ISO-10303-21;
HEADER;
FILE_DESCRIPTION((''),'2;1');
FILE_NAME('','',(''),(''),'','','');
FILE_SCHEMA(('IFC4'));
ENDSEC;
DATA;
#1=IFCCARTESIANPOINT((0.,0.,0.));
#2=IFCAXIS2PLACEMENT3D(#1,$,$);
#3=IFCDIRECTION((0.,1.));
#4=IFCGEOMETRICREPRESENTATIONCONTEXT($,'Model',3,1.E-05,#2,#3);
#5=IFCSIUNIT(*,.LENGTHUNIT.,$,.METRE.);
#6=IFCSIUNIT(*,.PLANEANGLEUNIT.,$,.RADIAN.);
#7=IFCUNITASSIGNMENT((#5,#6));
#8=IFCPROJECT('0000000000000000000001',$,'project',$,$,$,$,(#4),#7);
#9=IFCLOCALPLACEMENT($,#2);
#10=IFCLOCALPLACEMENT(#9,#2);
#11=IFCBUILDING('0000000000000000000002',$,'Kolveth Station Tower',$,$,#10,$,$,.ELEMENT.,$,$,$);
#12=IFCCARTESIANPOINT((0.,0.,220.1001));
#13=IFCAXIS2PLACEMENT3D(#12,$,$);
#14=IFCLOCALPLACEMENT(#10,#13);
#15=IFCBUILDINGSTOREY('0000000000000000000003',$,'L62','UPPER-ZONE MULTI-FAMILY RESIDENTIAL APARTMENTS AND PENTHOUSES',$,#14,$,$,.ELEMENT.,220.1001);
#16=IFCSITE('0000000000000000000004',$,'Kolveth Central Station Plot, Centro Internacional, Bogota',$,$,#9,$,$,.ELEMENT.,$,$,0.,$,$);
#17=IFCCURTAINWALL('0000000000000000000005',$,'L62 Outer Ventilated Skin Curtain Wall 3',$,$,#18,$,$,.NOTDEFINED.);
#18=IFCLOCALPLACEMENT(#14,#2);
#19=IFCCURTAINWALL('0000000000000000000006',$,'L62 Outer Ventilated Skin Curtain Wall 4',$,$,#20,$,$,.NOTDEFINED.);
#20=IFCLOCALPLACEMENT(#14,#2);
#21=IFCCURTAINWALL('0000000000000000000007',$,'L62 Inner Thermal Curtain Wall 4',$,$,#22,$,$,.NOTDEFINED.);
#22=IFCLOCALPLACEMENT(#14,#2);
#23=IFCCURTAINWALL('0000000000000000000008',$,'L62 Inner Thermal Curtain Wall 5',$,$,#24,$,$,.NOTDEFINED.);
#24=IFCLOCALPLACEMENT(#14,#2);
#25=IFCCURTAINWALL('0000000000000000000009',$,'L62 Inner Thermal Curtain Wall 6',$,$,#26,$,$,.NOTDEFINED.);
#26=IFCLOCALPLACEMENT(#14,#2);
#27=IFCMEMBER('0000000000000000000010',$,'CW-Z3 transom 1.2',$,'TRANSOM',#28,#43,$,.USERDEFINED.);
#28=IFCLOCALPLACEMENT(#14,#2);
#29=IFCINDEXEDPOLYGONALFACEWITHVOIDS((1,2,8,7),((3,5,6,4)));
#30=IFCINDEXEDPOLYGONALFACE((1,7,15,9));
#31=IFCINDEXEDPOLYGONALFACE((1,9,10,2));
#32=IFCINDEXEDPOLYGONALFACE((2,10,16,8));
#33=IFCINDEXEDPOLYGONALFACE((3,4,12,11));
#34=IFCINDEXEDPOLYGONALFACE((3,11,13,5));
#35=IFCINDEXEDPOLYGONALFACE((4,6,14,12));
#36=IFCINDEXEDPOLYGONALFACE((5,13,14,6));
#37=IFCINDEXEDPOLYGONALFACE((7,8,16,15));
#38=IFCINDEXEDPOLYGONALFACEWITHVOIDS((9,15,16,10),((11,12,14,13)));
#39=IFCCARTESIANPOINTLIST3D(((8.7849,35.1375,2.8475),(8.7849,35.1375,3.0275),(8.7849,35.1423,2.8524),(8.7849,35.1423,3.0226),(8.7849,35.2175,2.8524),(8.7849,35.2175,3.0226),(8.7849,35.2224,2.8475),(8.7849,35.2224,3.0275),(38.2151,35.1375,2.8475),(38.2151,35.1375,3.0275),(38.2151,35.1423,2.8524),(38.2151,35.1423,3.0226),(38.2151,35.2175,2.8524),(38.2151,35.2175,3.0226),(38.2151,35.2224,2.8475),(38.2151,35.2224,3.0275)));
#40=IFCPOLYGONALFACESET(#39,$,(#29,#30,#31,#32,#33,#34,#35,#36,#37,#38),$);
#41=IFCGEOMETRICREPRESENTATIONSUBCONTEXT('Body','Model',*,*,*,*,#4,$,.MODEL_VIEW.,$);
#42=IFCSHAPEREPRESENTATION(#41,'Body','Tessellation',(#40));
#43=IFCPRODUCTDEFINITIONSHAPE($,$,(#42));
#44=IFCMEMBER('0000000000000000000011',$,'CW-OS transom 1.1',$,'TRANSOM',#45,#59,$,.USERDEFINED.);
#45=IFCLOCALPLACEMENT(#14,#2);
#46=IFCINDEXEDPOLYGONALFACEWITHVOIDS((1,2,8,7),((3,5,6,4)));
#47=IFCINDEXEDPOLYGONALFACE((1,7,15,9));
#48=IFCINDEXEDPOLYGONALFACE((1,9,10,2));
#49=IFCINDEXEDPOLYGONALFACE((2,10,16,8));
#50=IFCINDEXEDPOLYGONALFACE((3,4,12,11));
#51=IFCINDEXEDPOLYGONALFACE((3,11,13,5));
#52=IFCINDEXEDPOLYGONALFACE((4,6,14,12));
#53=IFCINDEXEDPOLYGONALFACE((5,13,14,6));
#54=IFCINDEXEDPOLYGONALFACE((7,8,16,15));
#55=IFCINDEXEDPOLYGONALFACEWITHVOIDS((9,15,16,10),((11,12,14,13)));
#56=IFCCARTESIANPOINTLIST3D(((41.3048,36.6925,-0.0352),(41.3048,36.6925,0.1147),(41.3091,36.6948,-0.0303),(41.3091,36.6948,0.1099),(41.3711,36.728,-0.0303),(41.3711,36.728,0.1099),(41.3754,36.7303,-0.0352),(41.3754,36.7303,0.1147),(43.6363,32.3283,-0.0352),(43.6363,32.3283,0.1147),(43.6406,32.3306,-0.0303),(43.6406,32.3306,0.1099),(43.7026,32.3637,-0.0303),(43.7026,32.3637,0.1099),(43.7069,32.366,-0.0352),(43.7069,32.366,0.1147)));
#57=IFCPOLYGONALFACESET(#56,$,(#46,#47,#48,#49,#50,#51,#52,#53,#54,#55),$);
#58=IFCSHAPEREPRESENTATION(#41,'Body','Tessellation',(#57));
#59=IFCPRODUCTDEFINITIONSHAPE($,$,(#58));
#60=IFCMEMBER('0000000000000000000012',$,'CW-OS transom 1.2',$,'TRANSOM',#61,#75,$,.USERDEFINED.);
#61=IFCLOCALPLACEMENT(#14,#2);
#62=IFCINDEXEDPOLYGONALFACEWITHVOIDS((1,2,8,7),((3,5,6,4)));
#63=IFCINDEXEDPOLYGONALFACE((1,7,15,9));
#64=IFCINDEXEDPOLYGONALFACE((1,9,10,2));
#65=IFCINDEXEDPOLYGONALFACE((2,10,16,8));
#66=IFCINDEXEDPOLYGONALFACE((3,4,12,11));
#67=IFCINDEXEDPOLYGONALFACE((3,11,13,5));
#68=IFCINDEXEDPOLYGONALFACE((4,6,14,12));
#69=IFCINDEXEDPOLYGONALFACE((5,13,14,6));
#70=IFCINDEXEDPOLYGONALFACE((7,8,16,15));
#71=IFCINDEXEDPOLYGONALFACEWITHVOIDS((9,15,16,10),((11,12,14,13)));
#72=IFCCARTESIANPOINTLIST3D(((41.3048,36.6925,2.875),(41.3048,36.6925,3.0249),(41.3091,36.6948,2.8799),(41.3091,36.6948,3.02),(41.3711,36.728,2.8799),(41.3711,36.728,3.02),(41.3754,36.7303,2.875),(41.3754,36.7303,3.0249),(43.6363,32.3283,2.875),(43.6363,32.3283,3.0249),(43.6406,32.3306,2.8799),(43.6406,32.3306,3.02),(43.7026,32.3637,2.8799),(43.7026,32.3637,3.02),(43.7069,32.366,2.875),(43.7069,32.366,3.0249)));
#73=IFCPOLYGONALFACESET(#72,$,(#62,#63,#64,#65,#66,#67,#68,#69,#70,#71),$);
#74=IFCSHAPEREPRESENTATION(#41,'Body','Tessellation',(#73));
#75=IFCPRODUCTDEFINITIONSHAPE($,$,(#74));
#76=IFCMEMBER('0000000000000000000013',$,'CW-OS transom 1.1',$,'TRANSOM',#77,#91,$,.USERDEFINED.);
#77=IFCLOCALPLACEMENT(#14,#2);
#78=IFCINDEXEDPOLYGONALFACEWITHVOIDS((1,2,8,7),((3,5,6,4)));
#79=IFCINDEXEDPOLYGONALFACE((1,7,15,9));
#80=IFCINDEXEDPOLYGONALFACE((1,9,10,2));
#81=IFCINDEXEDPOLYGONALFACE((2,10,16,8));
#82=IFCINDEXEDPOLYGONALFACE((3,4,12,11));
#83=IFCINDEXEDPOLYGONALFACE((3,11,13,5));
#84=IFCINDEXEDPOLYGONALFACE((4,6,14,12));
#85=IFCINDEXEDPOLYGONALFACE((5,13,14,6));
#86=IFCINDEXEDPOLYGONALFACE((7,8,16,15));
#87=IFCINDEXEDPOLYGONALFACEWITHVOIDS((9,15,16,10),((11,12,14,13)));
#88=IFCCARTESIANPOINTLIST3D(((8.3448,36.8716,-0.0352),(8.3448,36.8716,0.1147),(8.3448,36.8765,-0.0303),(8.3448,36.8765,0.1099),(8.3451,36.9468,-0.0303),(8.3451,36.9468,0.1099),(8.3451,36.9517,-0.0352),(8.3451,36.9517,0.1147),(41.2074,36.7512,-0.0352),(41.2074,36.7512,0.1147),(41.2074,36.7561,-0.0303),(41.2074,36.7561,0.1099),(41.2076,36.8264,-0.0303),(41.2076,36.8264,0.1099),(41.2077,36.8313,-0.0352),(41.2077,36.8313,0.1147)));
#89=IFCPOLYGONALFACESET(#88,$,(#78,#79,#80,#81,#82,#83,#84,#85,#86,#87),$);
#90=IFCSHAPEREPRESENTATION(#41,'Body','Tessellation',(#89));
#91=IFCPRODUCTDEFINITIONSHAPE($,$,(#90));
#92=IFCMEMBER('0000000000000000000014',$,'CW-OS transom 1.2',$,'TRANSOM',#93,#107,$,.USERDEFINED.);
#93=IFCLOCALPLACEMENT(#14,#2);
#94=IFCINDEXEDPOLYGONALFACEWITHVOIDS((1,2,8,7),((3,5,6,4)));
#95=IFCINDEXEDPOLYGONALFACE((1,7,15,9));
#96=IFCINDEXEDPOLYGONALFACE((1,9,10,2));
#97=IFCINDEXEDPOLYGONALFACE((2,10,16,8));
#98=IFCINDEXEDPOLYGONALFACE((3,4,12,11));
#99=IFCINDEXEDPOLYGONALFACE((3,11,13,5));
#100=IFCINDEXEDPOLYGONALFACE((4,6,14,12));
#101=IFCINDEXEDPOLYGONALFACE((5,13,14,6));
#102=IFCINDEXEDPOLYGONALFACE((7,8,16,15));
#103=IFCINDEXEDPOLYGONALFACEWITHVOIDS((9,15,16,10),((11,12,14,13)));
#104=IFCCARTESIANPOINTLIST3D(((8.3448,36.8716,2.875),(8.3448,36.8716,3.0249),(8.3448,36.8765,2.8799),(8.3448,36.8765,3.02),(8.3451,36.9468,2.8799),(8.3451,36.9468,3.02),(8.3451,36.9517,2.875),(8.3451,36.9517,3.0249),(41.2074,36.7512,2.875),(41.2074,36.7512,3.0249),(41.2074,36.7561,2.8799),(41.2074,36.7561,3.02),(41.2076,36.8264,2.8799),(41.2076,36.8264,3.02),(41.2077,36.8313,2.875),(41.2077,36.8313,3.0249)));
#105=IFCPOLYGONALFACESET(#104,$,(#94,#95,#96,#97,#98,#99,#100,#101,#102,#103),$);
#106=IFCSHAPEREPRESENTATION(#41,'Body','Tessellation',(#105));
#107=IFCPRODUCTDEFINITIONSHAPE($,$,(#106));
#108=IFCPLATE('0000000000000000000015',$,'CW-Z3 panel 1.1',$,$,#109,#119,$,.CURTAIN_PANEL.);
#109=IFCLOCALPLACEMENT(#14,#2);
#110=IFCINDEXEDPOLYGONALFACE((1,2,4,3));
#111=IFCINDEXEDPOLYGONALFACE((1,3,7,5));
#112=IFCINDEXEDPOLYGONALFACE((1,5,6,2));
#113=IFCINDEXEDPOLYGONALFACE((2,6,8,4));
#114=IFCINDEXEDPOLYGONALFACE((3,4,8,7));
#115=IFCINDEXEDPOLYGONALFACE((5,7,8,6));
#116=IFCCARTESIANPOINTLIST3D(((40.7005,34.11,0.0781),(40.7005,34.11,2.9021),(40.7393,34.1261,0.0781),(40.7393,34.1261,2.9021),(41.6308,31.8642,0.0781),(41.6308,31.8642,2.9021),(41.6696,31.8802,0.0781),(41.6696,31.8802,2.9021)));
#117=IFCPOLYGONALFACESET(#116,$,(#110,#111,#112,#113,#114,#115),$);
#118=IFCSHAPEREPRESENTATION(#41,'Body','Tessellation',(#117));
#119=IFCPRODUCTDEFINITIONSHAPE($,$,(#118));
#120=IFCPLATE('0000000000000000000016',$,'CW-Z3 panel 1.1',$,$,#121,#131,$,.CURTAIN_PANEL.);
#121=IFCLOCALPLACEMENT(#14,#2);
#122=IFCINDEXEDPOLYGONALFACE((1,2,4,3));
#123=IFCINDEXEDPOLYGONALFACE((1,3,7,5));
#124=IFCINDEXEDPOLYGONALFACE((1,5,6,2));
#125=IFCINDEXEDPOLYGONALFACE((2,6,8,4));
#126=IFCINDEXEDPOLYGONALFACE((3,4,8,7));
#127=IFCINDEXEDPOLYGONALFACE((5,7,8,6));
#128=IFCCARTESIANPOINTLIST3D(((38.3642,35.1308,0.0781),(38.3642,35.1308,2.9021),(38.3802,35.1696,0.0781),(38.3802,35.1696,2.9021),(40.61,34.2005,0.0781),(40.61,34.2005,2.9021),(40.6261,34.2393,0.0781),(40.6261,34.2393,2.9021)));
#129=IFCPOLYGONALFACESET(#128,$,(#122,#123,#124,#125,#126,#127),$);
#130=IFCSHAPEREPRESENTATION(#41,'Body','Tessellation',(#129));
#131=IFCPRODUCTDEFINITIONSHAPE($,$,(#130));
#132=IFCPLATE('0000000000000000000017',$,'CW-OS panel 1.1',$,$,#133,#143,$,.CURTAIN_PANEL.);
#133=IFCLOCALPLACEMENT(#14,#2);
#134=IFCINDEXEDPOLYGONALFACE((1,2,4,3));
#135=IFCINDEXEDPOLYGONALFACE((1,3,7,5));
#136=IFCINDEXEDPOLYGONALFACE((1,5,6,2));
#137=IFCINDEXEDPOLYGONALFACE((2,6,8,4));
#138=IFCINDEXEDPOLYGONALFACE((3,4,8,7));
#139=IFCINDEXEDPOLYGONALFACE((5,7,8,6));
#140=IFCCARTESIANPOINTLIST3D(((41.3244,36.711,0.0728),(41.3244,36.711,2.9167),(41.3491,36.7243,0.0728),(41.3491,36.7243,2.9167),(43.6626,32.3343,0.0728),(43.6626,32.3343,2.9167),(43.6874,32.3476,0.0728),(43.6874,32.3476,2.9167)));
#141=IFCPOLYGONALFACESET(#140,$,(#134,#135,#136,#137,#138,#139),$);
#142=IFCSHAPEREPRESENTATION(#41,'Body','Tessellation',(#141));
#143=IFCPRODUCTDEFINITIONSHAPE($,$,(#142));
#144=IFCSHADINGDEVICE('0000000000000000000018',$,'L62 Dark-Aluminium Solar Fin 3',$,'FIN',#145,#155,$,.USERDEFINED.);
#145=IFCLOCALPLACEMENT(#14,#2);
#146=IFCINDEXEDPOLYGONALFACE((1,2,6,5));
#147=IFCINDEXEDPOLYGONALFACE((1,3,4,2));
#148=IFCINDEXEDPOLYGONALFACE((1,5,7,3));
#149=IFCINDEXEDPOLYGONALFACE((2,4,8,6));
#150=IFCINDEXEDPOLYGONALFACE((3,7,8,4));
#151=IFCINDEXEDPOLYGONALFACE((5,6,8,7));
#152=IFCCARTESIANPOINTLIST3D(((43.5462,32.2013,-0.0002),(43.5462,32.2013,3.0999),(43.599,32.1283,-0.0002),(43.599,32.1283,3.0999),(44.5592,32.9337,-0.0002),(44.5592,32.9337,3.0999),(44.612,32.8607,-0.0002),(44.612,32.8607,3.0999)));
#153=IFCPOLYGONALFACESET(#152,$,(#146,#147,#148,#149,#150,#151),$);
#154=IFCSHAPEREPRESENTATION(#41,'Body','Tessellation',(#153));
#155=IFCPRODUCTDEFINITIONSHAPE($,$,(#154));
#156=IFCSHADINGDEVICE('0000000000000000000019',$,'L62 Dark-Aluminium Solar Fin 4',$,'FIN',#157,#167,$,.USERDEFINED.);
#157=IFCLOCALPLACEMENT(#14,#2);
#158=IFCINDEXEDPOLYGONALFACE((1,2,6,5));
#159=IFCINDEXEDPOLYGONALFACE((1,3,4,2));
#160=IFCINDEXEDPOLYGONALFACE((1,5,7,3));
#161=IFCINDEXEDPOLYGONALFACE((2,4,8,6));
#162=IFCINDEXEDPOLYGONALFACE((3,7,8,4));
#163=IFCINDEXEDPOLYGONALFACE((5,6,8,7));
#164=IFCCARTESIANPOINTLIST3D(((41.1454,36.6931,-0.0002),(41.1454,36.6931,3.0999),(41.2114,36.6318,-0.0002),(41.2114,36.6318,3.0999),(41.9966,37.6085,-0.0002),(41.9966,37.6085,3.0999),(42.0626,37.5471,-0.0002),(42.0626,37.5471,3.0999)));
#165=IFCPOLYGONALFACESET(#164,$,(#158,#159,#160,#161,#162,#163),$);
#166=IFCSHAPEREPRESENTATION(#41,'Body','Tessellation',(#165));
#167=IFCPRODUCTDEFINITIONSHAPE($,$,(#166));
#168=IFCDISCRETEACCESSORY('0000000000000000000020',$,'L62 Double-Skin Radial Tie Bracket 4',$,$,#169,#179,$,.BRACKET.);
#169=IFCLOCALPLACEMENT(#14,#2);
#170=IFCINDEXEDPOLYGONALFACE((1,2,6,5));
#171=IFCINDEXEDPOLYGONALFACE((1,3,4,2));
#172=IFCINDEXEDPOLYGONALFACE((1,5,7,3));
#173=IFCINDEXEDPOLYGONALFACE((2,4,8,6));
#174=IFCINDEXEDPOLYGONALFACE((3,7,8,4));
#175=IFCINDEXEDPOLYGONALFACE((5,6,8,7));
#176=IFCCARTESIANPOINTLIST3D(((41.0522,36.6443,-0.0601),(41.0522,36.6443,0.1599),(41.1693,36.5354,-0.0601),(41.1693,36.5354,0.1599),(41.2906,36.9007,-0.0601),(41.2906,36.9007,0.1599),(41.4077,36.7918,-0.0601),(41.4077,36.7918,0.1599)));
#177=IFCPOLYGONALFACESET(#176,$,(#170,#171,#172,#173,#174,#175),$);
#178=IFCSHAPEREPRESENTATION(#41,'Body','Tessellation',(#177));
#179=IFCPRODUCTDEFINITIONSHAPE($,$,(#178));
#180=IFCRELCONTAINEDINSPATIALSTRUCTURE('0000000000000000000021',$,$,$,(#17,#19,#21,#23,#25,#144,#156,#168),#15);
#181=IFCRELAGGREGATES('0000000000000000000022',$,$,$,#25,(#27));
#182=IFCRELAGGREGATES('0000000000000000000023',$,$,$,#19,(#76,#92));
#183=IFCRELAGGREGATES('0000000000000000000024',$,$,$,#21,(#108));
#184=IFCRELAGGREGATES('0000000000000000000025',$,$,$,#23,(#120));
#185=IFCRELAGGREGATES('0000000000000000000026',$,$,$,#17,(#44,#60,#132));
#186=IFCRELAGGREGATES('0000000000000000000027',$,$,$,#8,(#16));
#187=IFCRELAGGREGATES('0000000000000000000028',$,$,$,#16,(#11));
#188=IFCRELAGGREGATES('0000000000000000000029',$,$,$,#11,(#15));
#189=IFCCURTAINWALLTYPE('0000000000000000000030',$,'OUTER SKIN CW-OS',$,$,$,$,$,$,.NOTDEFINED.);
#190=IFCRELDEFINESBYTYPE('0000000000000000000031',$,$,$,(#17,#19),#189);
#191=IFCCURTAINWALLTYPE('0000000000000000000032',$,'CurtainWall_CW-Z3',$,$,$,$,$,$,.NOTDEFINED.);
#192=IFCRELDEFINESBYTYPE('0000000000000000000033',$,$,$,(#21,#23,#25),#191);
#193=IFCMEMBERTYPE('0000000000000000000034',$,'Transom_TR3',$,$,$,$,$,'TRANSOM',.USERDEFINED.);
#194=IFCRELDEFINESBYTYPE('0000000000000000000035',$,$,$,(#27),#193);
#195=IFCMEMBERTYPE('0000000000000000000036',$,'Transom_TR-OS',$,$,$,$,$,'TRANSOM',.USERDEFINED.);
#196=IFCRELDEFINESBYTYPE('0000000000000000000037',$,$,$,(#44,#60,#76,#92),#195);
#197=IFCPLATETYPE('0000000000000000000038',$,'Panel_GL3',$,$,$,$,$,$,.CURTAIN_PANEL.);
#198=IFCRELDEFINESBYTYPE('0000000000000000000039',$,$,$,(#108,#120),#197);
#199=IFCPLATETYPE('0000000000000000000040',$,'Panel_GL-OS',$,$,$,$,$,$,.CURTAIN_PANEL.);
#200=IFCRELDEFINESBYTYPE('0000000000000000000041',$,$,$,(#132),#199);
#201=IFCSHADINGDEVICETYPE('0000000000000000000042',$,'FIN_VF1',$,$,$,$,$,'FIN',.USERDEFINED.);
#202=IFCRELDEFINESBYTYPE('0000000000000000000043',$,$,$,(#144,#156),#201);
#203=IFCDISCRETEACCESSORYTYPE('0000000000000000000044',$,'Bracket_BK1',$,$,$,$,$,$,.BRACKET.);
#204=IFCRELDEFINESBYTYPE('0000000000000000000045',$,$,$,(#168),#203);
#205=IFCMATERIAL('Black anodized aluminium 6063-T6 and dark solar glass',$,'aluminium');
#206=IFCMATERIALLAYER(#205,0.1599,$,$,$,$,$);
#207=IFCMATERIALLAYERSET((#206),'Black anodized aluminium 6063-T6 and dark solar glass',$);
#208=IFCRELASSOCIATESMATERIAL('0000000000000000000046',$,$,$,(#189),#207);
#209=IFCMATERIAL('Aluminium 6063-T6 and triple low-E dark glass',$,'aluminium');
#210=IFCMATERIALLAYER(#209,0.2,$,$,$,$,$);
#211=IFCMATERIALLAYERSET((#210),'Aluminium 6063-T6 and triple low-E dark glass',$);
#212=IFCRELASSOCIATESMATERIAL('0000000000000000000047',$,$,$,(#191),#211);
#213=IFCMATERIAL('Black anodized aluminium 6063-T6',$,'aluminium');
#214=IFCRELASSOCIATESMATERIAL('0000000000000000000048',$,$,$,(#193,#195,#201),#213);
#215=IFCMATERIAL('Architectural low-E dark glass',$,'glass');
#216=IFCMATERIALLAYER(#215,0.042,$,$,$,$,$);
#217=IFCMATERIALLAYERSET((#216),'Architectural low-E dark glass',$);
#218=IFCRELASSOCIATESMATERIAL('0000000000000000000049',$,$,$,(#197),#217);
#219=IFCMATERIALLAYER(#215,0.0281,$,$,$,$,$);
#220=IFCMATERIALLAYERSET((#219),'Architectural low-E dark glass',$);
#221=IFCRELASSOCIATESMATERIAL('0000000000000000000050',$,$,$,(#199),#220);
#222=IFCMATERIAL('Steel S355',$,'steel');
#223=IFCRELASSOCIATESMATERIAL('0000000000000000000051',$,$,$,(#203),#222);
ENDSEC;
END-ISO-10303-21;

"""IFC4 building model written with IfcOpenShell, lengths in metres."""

from ifc_helpers import new_model, si_unit, direction, frame, origin, origin_2d, place, context, subcontext, project, spatial, rectangle, hollow_rectangle, extrude, source, transform, mapped, material, layer, layer_set, material_profile, profile_set, type_object, element, aggregate, save


model = new_model("IFC4")

# Units and contexts
model_context = context("Model", 3, precision=1e-05, world=origin(), true_north=direction((0.0, 1.0)))
body_context = subcontext(model_context, "Body", "Model", "MODEL_VIEW")
ifc_project = project(units=[si_unit("LENGTHUNIT", "METRE"), si_unit("PLANEANGLEUNIT", "RADIAN")], contexts=[model_context])

# Site, building, storey
site_placement = place(None, origin())
site = spatial("IfcSite", under=ifc_project, at=site_placement, Name="Kolveth Central Station Plot, Centro Internacional, Bogota", CompositionType="ELEMENT", RefElevation=0.0)
building_placement = place(site_placement, origin())
building = spatial("IfcBuilding", under=site, at=building_placement, Name="Kolveth Station Tower", CompositionType="ELEMENT")
storey_placement = place(building_placement, frame((0.0, 0.0, 220.1001)))
storey = spatial("IfcBuildingStorey", under=building, at=storey_placement, Name="L62", Description="UPPER-ZONE MULTI-FAMILY RESIDENTIAL APARTMENTS AND PENTHOUSES", CompositionType="ELEMENT", Elevation=220.1001)

# Shared definitions
ifc_material_1 = material(Name="Steel S355", Category="steel")

# Curtain walls
ifc_material_2 = material(Name="Black anodized aluminium 6063-T6 and dark solar glass", Category="aluminium")
ifc_layer_1 = layer(ifc_material_2, 0.1599)
ifc_layer_set_1 = layer_set([ifc_layer_1], Name="Black anodized aluminium 6063-T6 and dark solar glass")
curtain_wall_type_1 = type_object("IfcCurtainWallType", Name="OUTER SKIN CW-OS", PredefinedType="NOTDEFINED", material=ifc_layer_set_1)
curtain_wall_1_placement = place(storey_placement, origin())
curtain_wall_1 = element("IfcCurtainWall", 1, at=curtain_wall_1_placement, inside=storey, type_object=curtain_wall_type_1, Name="L62 Outer Ventilated Skin Curtain Wall 3", PredefinedType="NOTDEFINED")
ifc_material_3 = material(Name="Black anodized aluminium 6063-T6", Category="aluminium")
curtain_wall_2_placement = place(storey_placement, origin())
curtain_wall_2 = element("IfcCurtainWall", 2, at=curtain_wall_2_placement, inside=storey, type_object=curtain_wall_type_1, Name="L62 Outer Ventilated Skin Curtain Wall 4", PredefinedType="NOTDEFINED")
ifc_material_4 = material(Name="Aluminium 6063-T6 and triple low-E dark glass", Category="aluminium")
ifc_layer_2 = layer(ifc_material_4, 0.2)
ifc_layer_set_2 = layer_set([ifc_layer_2], Name="Aluminium 6063-T6 and triple low-E dark glass")
curtain_wall_type_2 = type_object("IfcCurtainWallType", Name="CurtainWall_CW-Z3", PredefinedType="NOTDEFINED", material=ifc_layer_set_2)
curtain_wall_3_placement = place(storey_placement, origin())
curtain_wall_3 = element("IfcCurtainWall", 3, at=curtain_wall_3_placement, inside=storey, type_object=curtain_wall_type_2, Name="L62 Inner Thermal Curtain Wall 4", PredefinedType="NOTDEFINED")

# Curtain wall
curtain_wall_4_placement = place(storey_placement, origin())
curtain_wall_4 = element("IfcCurtainWall", 4, at=curtain_wall_4_placement, inside=storey, type_object=curtain_wall_type_2, Name="L62 Inner Thermal Curtain Wall 5", PredefinedType="NOTDEFINED")

# Curtain wall
curtain_wall_5_placement = place(storey_placement, origin())
curtain_wall_5 = element("IfcCurtainWall", 5, at=curtain_wall_5_placement, inside=storey, type_object=curtain_wall_type_2, Name="L62 Inner Thermal Curtain Wall 6", PredefinedType="NOTDEFINED")

# Members
ifc_material_profile_1 = material_profile(ifc_material_3, hollow_rectangle(XDim=0.085, YDim=0.1799, WallThickness=0.0049, at=origin_2d()), Name="ALU-85x180x5")
ifc_profile_set_1 = profile_set([ifc_material_profile_1], Name="Black anodized aluminium 6063-T6")
member_type_1 = type_object("IfcMemberType", Name="Transom_TR3", ElementType="TRANSOM", PredefinedType="USERDEFINED", material=ifc_profile_set_1)
shared_shape_1 = source(origin(), body_context, "Body", "SweptSolid", [
    extrude(hollow_rectangle(XDim=0.085, YDim=0.1799, WallThickness=0.0049, at=origin_2d()), origin(), (0.0, 0.0, 1.0), 29.4302),
])
member_1_placement = place(storey_placement, frame((38.2151, 35.1799, 2.9375), z_axis=(-1.0, 0.0, 0.0), x_axis=(0.0, -1.0, 0.0)))
member_1 = element("IfcMember", 6, at=member_1_placement, type_object=member_type_1, Name="CW-Z3 transom 1.2", ObjectType="TRANSOM", PredefinedType="USERDEFINED", context=body_context, shape_type="MappedRepresentation", body=[
    mapped(shared_shape_1, transform((0.0, 0.0, 0.0), x_axis=(1.0, 0.0, 0.0), y_axis=(0.0, 1.0, 0.0), z_axis=(0.0, 0.0, 1.0), scale=1.0)),
])
aggregate(curtain_wall_5, [member_1])
ifc_material_profile_2 = material_profile(ifc_material_3, hollow_rectangle(XDim=0.0801, YDim=0.1499, WallThickness=0.0049, at=origin_2d()), Name="ALU-80x150x5")
ifc_profile_set_2 = profile_set([ifc_material_profile_2], Name="Black anodized aluminium 6063-T6")
member_type_2 = type_object("IfcMemberType", Name="Transom_TR-OS", ElementType="TRANSOM", PredefinedType="USERDEFINED", material=ifc_profile_set_2)
shared_shape_2 = source(origin(), body_context, "Body", "SweptSolid", [
    extrude(hollow_rectangle(XDim=0.0801, YDim=0.1499, WallThickness=0.0049, at=origin_2d()), origin(), (0.0, 0.0, 1.0), 4.948),
])
member_2_placement = place(storey_placement, frame((43.6716, 32.3472, 0.0398), z_axis=(-0.471208, 0.882022, 0.0), x_axis=(-0.882022, -0.471208, 0.0)))
member_2 = element("IfcMember", 7, at=member_2_placement, type_object=member_type_2, Name="CW-OS transom 1.1", ObjectType="TRANSOM", PredefinedType="USERDEFINED", context=body_context, shape_type="MappedRepresentation", body=[
    mapped(shared_shape_2, transform((0.0, 0.0, 0.0), x_axis=(1.0, 0.0, 0.0), y_axis=(0.0, 1.0, 0.0), z_axis=(0.0, 0.0, 1.0), scale=1.0)),
])
member_3_placement = place(storey_placement, frame((43.6716, 32.3472, 2.95), z_axis=(-0.471208, 0.882022, 0.0), x_axis=(-0.882022, -0.471208, 0.0)))
member_3 = element("IfcMember", 8, at=member_3_placement, type_object=member_type_2, Name="CW-OS transom 1.2", ObjectType="TRANSOM", PredefinedType="USERDEFINED", context=body_context, shape_type="MappedRepresentation", body=[
    mapped(shared_shape_2, transform((0.0, 0.0, 0.0), x_axis=(1.0, 0.0, 0.0), y_axis=(0.0, 1.0, 0.0), z_axis=(0.0, 0.0, 1.0), scale=1.0)),
])
shared_shape_3 = source(origin(), body_context, "Body", "SweptSolid", [
    extrude(hollow_rectangle(XDim=0.0801, YDim=0.1499, WallThickness=0.0049, at=origin_2d()), origin(), (0.0, 0.0, 1.0), 32.8628),
])
member_4_placement = place(storey_placement, frame((41.2075, 36.7913, 0.0398), z_axis=(-0.999993, 0.003663, 0.0), x_axis=(-0.003663, -0.999993, 0.0)))
member_4 = element("IfcMember", 9, at=member_4_placement, type_object=member_type_2, Name="CW-OS transom 1.1", ObjectType="TRANSOM", PredefinedType="USERDEFINED", context=body_context, shape_type="MappedRepresentation", body=[
    mapped(shared_shape_3, transform((0.0, 0.0, 0.0), x_axis=(1.0, 0.0, 0.0), y_axis=(0.0, 1.0, 0.0), z_axis=(0.0, 0.0, 1.0), scale=1.0)),
])
member_5_placement = place(storey_placement, frame((41.2075, 36.7913, 2.95), z_axis=(-0.999993, 0.003663, 0.0), x_axis=(-0.003663, -0.999993, 0.0)))
member_5 = element("IfcMember", 10, at=member_5_placement, type_object=member_type_2, Name="CW-OS transom 1.2", ObjectType="TRANSOM", PredefinedType="USERDEFINED", context=body_context, shape_type="MappedRepresentation", body=[
    mapped(shared_shape_3, transform((0.0, 0.0, 0.0), x_axis=(1.0, 0.0, 0.0), y_axis=(0.0, 1.0, 0.0), z_axis=(0.0, 0.0, 1.0), scale=1.0)),
])
aggregate(curtain_wall_2, [member_4, member_5])

# Plates
ifc_material_5 = material(Name="Architectural low-E dark glass", Category="glass")
ifc_layer_3 = layer(ifc_material_5, 0.042)
ifc_layer_set_3 = layer_set([ifc_layer_3], Name="Architectural low-E dark glass")
plate_type_1 = type_object("IfcPlateType", Name="Panel_GL3", PredefinedType="CURTAIN_PANEL", material=ifc_layer_set_3)
shared_shape_4 = source(origin(), body_context, "Body", "SweptSolid", [
    extrude(rectangle(XDim=2.4309, YDim=0.042, at=origin_2d()), origin(), (0.0, 0.0, 1.0), 2.824),
])
plate_1_placement = place(storey_placement, frame((41.1851, 32.9951, 0.0781), z_axis=(0.0, 0.0, 1.0), x_axis=(-0.382693, 0.923875, 0.0)))
plate_1 = element("IfcPlate", 11, at=plate_1_placement, type_object=plate_type_1, Name="CW-Z3 panel 1.1", PredefinedType="CURTAIN_PANEL", context=body_context, shape_type="MappedRepresentation", body=[
    mapped(shared_shape_4, transform((0.0, 0.0, 0.0), x_axis=(1.0, 0.0, 0.0), y_axis=(0.0, 1.0, 0.0), z_axis=(0.0, 0.0, 1.0), scale=1.0)),
])
aggregate(curtain_wall_3, [plate_1])
plate_2_placement = place(storey_placement, frame((39.4951, 34.6851, 0.0781), z_axis=(0.0, 0.0, 1.0), x_axis=(-0.923875, 0.382693, 0.0)))
plate_2 = element("IfcPlate", 12, at=plate_2_placement, type_object=plate_type_1, Name="CW-Z3 panel 1.1", PredefinedType="CURTAIN_PANEL", context=body_context, shape_type="MappedRepresentation", body=[
    mapped(shared_shape_4, transform((0.0, 0.0, 0.0), x_axis=(1.0, 0.0, 0.0), y_axis=(0.0, 1.0, 0.0), z_axis=(0.0, 0.0, 1.0), scale=1.0)),
])
aggregate(curtain_wall_4, [plate_2])
ifc_layer_4 = layer(ifc_material_5, 0.0281)
ifc_layer_set_4 = layer_set([ifc_layer_4], Name="Architectural low-E dark glass")
plate_type_2 = type_object("IfcPlateType", Name="Panel_GL-OS", PredefinedType="CURTAIN_PANEL", material=ifc_layer_set_4)
shared_shape_5 = source(origin(), body_context, "Body", "SweptSolid", [
    extrude(rectangle(XDim=4.9622, YDim=0.0281, at=origin_2d()), origin(), (0.0, 0.0, 1.0), 2.844),
])
plate_3_placement = place(storey_placement, frame((42.5059, 34.5293, 0.0728), z_axis=(0.0, 0.0, 1.0), x_axis=(-0.471215, 0.882019, 0.0)))
plate_3 = element("IfcPlate", 13, at=plate_3_placement, type_object=plate_type_2, Name="CW-OS panel 1.1", PredefinedType="CURTAIN_PANEL", context=body_context, shape_type="MappedRepresentation", body=[
    mapped(shared_shape_5, transform((0.0, 0.0, 0.0), x_axis=(1.0, 0.0, 0.0), y_axis=(0.0, 1.0, 0.0), z_axis=(0.0, 0.0, 1.0), scale=1.0)),
])
aggregate(curtain_wall_1, [member_2, member_3, plate_3])

# Shading devices
shading_device_type = type_object("IfcShadingDeviceType", Name="FIN_VF1", ElementType="FIN", PredefinedType="USERDEFINED", material=ifc_material_3)
shared_shape_6 = source(origin(), body_context, "Body", "SweptSolid", [
    extrude(rectangle(XDim=1.25, YDim=0.0901, at=origin_2d()), origin(), (0.0, 0.0, 1.0), 3.1001),
])
for number, where, z_axis, x_axis, name in (
    (14, (44.0791, 32.531, -0.0002), (0.0, 0.0, 1.0), (0.810349, 0.585948, 0.0), "L62 Dark-Aluminium Solar Fin 3"),
    (15, (41.604, 37.1201, -0.0002), (0.0, 0.0, 1.0), (0.680977, 0.732305, 0.0), "L62 Dark-Aluminium Solar Fin 4"),
):
    element("IfcShadingDevice", number, at=place(storey_placement, frame(where, z_axis=z_axis, x_axis=x_axis)), inside=storey, type_object=shading_device_type, Name=name, ObjectType="FIN", PredefinedType="USERDEFINED", context=body_context, shape_type="MappedRepresentation", body=[
        mapped(shared_shape_6, transform((0.0, 0.0, 0.0), x_axis=(1.0, 0.0, 0.0), y_axis=(0.0, 1.0, 0.0), z_axis=(0.0, 0.0, 1.0), scale=1.0)),
    ])

# Discrete accessory
discrete_accessory_type = type_object("IfcDiscreteAccessoryType", Name="Bracket_BK1", PredefinedType="BRACKET", material=ifc_material_1)
shared_shape_7 = source(origin(), body_context, "Body", "SweptSolid", [
    extrude(rectangle(XDim=0.3501, YDim=0.1599, at=origin_2d()), origin(), (0.0, 0.0, 1.0), 0.22),
])
discrete_accessory_placement = place(storey_placement, frame((41.23, 36.718, -0.0601), z_axis=(0.0, 0.0, 1.0), x_axis=(0.680977, 0.732305, 0.0)))
element("IfcDiscreteAccessory", 16, at=discrete_accessory_placement, inside=storey, type_object=discrete_accessory_type, Name="L62 Double-Skin Radial Tie Bracket 4", PredefinedType="BRACKET", context=body_context, shape_type="MappedRepresentation", body=[
    mapped(shared_shape_7, transform((0.0, 0.0, 0.0), x_axis=(1.0, 0.0, 0.0), y_axis=(0.0, 1.0, 0.0), z_axis=(0.0, 0.0, 1.0), scale=1.0)),
])

save(model, "model.ifc")
